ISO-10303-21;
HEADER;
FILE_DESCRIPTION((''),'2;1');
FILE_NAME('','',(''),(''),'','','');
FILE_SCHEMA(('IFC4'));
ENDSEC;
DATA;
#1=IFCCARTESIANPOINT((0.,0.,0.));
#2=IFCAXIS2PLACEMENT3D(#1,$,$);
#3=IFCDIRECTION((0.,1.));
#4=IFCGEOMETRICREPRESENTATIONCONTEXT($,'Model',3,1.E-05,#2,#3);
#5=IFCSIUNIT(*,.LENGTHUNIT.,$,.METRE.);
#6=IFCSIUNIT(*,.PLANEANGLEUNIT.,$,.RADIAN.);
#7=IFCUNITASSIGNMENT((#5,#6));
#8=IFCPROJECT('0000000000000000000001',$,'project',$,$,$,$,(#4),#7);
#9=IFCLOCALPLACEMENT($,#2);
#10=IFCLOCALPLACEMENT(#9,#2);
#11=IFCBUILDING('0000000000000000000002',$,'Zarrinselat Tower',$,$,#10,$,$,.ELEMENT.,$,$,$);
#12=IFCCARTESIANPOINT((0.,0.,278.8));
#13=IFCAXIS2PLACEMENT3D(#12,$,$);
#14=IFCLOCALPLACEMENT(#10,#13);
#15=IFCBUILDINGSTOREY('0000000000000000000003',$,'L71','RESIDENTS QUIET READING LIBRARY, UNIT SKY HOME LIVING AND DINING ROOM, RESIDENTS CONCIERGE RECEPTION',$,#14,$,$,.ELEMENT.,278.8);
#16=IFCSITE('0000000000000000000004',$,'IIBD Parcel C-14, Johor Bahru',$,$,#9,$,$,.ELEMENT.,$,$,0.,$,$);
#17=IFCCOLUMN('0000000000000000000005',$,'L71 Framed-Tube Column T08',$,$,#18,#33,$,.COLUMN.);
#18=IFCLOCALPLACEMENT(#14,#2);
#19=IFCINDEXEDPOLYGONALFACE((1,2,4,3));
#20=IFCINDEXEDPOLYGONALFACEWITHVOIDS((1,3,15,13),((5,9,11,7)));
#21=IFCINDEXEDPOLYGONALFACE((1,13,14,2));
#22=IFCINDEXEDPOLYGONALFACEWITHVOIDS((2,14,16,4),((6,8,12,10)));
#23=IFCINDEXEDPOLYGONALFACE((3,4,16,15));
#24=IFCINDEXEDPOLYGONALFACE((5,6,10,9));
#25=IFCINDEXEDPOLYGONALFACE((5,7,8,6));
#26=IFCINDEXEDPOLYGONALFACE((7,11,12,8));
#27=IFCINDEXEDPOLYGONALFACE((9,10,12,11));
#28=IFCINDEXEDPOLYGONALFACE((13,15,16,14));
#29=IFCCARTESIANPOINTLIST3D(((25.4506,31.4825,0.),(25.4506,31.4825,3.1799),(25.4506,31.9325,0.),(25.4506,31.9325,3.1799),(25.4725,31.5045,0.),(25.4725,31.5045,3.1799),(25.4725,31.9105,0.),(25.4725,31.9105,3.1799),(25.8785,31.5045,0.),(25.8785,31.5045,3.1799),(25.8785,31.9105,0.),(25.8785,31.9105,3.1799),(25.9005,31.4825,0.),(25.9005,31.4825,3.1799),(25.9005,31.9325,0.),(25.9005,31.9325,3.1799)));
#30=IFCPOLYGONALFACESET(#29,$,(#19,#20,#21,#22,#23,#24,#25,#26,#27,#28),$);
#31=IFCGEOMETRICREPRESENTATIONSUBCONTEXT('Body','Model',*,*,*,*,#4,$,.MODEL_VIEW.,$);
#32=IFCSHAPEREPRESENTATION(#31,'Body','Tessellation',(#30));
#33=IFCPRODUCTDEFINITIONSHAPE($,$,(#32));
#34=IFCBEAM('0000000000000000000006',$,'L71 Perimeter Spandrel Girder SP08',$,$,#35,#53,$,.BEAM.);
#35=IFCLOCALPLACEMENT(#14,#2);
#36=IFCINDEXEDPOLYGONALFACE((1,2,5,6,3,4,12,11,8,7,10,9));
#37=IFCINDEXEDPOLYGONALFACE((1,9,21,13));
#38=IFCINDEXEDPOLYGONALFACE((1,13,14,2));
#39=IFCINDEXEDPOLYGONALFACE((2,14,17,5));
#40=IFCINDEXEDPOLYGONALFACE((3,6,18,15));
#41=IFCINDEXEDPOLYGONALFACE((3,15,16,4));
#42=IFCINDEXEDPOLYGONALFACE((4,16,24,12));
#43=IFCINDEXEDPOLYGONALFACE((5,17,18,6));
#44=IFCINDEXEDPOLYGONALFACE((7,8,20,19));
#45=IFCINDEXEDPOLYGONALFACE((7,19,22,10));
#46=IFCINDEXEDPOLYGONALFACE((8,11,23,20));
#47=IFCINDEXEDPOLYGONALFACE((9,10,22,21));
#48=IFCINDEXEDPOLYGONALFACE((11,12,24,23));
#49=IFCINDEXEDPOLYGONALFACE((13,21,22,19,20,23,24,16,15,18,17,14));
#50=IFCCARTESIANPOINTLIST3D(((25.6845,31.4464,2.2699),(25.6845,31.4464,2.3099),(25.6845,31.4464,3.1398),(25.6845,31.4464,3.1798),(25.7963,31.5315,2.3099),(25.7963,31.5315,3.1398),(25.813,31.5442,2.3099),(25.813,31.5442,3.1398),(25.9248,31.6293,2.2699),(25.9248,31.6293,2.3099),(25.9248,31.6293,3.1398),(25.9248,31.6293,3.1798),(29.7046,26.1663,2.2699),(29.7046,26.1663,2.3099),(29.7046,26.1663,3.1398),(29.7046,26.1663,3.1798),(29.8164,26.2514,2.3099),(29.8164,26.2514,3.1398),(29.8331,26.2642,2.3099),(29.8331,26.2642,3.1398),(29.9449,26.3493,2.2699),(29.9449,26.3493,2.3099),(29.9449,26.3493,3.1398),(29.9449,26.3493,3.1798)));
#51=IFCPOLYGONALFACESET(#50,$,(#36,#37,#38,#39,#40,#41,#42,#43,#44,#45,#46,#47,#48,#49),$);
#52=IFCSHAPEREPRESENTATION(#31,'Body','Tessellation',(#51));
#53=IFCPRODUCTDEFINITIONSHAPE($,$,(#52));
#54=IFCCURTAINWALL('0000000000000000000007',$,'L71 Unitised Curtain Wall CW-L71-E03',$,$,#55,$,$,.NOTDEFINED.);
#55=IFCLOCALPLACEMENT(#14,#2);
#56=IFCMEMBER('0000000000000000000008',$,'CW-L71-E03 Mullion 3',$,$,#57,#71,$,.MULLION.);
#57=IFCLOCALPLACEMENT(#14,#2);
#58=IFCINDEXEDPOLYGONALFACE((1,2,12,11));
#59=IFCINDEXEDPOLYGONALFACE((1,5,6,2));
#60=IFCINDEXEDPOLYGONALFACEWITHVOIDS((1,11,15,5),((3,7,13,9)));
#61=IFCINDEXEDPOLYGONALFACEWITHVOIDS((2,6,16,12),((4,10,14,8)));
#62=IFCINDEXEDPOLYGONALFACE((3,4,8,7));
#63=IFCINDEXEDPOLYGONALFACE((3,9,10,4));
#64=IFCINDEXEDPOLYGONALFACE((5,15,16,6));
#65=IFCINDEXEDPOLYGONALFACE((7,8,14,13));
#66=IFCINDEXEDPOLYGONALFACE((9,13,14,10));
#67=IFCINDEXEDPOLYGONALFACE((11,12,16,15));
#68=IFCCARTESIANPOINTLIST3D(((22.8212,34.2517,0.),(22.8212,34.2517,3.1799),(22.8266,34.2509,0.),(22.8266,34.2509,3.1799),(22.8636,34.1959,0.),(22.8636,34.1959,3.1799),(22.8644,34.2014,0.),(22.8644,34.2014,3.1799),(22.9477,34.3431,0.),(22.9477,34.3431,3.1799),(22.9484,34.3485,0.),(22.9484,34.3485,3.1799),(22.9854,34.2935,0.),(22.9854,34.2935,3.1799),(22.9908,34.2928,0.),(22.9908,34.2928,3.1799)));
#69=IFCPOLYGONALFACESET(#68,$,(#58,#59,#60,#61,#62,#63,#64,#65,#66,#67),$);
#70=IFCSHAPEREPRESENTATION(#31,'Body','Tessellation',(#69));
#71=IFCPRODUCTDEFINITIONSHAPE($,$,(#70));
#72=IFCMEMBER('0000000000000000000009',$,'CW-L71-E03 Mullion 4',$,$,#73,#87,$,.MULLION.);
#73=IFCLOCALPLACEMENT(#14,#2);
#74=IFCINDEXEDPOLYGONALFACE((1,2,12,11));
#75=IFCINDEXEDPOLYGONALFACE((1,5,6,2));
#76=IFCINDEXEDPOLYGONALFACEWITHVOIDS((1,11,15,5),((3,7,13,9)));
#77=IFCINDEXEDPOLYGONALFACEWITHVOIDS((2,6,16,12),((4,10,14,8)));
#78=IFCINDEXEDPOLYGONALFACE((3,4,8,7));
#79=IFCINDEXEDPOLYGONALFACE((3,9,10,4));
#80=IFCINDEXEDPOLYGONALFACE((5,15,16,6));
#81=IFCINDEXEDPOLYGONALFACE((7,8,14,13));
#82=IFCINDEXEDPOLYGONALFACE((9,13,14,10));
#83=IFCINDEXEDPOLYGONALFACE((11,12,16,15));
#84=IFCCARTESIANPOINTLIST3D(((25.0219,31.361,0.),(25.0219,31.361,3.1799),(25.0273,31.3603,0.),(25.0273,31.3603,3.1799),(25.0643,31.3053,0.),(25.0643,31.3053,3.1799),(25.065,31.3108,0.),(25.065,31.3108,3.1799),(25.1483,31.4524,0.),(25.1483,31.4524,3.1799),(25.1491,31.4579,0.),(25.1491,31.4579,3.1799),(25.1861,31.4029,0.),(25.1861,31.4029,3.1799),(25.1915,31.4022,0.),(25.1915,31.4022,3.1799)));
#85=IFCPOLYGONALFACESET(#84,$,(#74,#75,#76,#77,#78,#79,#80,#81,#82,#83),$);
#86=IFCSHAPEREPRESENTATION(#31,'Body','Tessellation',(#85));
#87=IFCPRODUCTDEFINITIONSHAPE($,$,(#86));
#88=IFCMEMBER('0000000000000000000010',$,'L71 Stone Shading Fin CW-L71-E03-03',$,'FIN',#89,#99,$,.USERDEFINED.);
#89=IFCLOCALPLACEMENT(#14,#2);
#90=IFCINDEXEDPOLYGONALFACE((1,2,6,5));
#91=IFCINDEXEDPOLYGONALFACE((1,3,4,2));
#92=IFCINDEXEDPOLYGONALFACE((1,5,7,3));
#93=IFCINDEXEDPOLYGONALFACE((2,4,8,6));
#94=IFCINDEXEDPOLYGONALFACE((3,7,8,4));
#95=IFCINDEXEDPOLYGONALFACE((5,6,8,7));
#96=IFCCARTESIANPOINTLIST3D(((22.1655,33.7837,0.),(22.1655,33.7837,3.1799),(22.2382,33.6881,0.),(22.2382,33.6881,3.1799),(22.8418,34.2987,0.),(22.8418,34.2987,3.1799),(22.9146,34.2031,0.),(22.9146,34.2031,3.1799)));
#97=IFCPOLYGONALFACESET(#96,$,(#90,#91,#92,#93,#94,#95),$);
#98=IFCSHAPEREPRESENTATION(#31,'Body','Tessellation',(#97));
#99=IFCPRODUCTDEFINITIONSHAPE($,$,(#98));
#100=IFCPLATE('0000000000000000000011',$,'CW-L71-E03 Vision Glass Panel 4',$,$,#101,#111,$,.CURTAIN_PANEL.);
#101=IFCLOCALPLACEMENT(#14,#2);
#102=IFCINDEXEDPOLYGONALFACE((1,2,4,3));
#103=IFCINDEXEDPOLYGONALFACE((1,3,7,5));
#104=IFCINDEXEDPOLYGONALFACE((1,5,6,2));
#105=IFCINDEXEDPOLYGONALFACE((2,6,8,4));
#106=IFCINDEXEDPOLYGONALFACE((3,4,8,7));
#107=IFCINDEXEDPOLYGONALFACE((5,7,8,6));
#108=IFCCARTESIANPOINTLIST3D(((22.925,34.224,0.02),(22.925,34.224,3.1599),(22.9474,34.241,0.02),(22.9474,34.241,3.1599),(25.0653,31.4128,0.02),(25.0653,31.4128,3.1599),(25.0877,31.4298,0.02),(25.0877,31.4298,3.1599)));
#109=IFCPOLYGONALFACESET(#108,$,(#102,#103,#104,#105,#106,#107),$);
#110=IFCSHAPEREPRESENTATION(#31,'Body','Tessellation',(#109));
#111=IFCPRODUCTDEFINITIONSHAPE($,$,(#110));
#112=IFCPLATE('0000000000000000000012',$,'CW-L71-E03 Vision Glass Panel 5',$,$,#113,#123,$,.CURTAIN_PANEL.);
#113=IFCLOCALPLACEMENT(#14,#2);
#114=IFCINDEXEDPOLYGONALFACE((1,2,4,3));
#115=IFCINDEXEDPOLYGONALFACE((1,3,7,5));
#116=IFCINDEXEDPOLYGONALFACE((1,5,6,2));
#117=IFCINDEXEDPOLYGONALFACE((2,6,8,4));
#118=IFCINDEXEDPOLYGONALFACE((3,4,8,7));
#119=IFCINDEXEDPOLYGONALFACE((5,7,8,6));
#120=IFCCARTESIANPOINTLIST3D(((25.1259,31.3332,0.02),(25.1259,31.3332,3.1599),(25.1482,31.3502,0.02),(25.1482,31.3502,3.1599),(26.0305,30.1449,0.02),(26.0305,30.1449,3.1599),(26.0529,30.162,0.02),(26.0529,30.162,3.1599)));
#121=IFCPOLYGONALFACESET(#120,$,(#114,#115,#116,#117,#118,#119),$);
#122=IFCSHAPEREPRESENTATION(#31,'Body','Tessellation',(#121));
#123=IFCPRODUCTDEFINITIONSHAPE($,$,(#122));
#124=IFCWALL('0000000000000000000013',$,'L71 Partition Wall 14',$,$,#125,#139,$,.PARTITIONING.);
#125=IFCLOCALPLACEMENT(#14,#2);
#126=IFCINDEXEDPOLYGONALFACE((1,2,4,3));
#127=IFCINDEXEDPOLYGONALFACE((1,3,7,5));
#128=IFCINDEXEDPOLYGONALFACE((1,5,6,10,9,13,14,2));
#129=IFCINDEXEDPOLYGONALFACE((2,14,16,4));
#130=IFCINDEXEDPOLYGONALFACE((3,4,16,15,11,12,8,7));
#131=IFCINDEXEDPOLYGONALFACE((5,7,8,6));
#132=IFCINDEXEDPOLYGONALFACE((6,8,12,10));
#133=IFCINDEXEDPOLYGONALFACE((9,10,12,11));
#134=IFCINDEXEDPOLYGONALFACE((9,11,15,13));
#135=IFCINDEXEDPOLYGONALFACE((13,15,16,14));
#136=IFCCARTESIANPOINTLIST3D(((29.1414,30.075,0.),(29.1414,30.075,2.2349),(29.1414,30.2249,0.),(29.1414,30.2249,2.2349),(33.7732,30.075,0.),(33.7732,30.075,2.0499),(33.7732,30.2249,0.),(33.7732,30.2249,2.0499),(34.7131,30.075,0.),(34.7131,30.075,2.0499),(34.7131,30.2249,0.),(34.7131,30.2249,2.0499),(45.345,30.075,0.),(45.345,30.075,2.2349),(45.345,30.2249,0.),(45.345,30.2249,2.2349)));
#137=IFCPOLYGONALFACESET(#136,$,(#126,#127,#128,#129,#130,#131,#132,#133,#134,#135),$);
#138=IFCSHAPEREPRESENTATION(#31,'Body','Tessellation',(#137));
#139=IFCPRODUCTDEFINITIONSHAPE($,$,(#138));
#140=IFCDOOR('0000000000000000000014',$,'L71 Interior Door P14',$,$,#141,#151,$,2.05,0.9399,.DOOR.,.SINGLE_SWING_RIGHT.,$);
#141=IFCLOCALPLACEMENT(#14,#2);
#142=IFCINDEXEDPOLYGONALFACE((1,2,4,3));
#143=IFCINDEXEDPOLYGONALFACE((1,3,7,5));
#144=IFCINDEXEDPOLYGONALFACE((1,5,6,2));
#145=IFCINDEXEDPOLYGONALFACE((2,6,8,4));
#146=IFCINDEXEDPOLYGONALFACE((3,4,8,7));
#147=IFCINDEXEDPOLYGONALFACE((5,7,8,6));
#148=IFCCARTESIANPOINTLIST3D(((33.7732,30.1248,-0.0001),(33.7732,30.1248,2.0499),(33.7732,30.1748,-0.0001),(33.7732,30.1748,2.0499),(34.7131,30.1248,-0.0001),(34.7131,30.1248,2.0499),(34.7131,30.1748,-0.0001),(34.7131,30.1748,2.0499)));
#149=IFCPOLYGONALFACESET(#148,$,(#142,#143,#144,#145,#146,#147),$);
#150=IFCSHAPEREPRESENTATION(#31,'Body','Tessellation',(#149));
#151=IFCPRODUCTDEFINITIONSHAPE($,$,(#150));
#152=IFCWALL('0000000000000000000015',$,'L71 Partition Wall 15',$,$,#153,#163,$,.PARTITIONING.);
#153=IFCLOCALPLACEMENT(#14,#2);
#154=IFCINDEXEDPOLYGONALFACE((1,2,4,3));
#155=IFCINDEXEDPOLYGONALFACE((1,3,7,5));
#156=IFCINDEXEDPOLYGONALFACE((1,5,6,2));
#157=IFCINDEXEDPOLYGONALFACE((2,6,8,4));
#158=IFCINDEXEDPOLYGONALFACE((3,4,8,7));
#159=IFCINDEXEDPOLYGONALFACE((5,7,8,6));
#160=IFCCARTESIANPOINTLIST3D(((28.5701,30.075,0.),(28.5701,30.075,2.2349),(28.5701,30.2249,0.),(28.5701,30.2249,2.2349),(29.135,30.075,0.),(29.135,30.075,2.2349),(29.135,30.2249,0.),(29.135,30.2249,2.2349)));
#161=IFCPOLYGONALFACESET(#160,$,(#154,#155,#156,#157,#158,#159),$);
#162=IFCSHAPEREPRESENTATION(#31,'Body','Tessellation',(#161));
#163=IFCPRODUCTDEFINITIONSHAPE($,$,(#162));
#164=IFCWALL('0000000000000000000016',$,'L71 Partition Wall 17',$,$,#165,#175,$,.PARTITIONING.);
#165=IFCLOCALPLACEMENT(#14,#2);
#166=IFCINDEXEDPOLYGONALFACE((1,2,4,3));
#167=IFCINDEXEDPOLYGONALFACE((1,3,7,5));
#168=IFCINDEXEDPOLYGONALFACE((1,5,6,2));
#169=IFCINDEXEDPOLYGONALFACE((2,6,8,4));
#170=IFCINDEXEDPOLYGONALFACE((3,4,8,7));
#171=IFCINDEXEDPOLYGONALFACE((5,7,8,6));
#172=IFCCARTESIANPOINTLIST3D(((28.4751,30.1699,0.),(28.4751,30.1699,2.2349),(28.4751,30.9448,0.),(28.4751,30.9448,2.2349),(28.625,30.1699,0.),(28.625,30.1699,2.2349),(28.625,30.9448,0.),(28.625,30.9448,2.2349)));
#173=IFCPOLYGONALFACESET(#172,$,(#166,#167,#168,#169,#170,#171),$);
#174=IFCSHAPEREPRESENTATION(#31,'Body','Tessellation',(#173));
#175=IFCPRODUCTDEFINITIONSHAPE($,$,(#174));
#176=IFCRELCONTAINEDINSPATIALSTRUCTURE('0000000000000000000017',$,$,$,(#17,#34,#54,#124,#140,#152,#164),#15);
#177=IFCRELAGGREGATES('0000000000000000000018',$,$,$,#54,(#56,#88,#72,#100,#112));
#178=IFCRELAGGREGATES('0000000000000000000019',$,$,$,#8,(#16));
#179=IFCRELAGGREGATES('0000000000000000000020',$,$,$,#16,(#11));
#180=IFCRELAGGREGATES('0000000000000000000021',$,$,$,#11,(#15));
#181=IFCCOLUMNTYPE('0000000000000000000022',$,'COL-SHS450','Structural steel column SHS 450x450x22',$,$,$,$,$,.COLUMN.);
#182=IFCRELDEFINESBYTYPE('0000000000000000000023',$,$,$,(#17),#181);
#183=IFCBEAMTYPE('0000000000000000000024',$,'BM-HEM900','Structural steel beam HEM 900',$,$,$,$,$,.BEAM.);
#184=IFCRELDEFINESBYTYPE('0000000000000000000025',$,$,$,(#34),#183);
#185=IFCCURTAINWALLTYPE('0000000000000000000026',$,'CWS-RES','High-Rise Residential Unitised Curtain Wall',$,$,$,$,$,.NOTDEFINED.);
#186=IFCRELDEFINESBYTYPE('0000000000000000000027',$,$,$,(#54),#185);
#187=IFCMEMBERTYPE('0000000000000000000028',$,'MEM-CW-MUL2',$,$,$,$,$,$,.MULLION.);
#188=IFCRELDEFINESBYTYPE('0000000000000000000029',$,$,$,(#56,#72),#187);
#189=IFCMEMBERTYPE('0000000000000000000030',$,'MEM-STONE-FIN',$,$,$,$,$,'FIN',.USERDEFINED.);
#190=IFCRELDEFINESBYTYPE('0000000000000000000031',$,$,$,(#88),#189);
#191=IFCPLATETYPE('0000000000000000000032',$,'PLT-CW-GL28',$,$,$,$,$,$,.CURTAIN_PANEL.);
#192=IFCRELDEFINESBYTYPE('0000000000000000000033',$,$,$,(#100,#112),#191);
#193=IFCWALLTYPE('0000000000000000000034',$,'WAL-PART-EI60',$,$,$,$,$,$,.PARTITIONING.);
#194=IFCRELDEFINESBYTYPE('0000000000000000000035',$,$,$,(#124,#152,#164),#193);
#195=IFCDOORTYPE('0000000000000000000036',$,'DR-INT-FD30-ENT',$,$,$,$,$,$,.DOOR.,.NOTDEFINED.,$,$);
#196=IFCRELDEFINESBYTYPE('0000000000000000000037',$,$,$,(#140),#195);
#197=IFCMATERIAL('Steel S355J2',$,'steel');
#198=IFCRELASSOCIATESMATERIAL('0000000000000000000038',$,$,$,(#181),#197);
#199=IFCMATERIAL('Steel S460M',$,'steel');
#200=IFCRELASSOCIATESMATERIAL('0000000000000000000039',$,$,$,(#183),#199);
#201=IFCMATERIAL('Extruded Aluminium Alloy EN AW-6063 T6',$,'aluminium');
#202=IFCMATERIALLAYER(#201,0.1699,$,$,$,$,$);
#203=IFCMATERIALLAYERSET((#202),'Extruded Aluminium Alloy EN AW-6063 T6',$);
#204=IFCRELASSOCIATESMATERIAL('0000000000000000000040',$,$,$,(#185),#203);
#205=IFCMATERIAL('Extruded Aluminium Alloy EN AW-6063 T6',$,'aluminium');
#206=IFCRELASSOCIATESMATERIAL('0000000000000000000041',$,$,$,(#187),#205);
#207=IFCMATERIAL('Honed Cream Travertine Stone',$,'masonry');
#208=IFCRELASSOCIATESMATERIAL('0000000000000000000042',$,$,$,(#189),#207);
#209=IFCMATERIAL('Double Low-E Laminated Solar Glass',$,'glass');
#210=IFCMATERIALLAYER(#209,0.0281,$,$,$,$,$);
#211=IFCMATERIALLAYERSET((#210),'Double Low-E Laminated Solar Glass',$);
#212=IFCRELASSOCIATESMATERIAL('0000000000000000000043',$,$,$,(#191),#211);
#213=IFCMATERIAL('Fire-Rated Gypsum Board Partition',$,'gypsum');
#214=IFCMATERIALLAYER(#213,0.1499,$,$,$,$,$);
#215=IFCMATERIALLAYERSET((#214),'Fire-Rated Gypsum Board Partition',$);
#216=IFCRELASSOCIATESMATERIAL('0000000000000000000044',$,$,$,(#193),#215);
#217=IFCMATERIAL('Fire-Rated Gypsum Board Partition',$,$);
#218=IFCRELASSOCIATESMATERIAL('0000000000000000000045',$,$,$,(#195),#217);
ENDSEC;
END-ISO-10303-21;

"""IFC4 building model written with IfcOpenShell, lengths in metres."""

from ifc_helpers import new_model, si_unit, direction, frame, frame_2d, origin, origin_2d, place, context, subcontext, project, spatial, rectangle, hollow_rectangle, i_section, extrude, material, layer, layer_set, material_profile, profile_set, type_object, element, fill, aggregate, save


model = new_model("IFC4")

# Units and contexts
model_context = context("Model", 3, precision=1e-05, world=origin(), true_north=direction((0.0, 1.0)))
body_context = subcontext(model_context, "Body", "Model", "MODEL_VIEW")
ifc_project = project(units=[si_unit("LENGTHUNIT", "METRE"), si_unit("PLANEANGLEUNIT", "RADIAN")], contexts=[model_context])

# Site, building, storey
site_placement = place(None, origin())
site = spatial("IfcSite", under=ifc_project, at=site_placement, Name="IIBD Parcel C-14, Johor Bahru", CompositionType="ELEMENT", RefElevation=0.0)
building_placement = place(site_placement, origin())
building = spatial("IfcBuilding", under=site, at=building_placement, Name="Zarrinselat Tower", CompositionType="ELEMENT")
storey_placement = place(building_placement, frame((0.0, 0.0, 278.8)))
storey = spatial("IfcBuildingStorey", under=building, at=storey_placement, Name="L71", Description="RESIDENTS QUIET READING LIBRARY, UNIT SKY HOME LIVING AND DINING ROOM, RESIDENTS CONCIERGE RECEPTION", CompositionType="ELEMENT", Elevation=278.8)

# Column
ifc_material_1 = material(Name="Steel S355J2", Category="steel")
ifc_material_profile_1 = material_profile(ifc_material_1, hollow_rectangle(XDim=0.45, YDim=0.45, WallThickness=0.022, at=origin_2d()), Name="SHS 450x450x22")
ifc_profile_set_1 = profile_set([ifc_material_profile_1], Name="Steel S355J2")
column_type = type_object("IfcColumnType", Name="COL-SHS450", Description="Structural steel column SHS 450x450x22", PredefinedType="COLUMN", material=ifc_profile_set_1)
column_placement = place(storey_placement, frame((25.6755, 31.7075, 0.0), z_axis=(0.0, 0.0, 1.0), x_axis=(1.0, 0.0, 0.0)))
element("IfcColumn", 1, at=column_placement, inside=storey, type_object=column_type, Name="L71 Framed-Tube Column T08", PredefinedType="COLUMN", context=body_context, shape_type="SweptSolid", body=[
    extrude(hollow_rectangle(XDim=0.45, YDim=0.45, WallThickness=0.022, at=origin_2d()), origin(), (0.0, 0.0, 1.0), 3.1799),
])

# Beam
ifc_material_2 = material(Name="Steel S460M", Category="steel")
ifc_material_profile_2 = material_profile(ifc_material_2, i_section(OverallWidth=0.302, OverallDepth=0.9099, WebThickness=0.021, FlangeThickness=0.04, at=origin_2d()), Name="HEM 900")
ifc_profile_set_2 = profile_set([ifc_material_profile_2], Name="Steel S460M")
beam_type = type_object("IfcBeamType", Name="BM-HEM900", Description="Structural steel beam HEM 900", PredefinedType="BEAM", material=ifc_profile_set_2)
beam_placement = place(storey_placement, frame((25.8047, 31.5378, 2.7249), z_axis=(0.605771, -0.795639, 0.0), x_axis=(0.795639, 0.605771, 0.0)))
element("IfcBeam", 2, at=beam_placement, inside=storey, type_object=beam_type, Name="L71 Perimeter Spandrel Girder SP08", PredefinedType="BEAM", context=body_context, shape_type="SweptSolid", body=[
    extrude(i_section(OverallWidth=0.302, OverallDepth=0.9099, WebThickness=0.021, FlangeThickness=0.04, at=origin_2d()), origin(), (0.0, 0.0, 1.0), 6.6362),
])

# Curtain wall, members, plates
ifc_material_3 = material(Name="Extruded Aluminium Alloy EN AW-6063 T6", Category="aluminium")
ifc_layer_1 = layer(ifc_material_3, 0.1699)
ifc_layer_set_1 = layer_set([ifc_layer_1], Name="Extruded Aluminium Alloy EN AW-6063 T6")
curtain_wall_type = type_object("IfcCurtainWallType", Name="CWS-RES", Description="High-Rise Residential Unitised Curtain Wall", PredefinedType="NOTDEFINED", material=ifc_layer_set_1)
curtain_wall_placement = place(storey_placement, origin())
curtain_wall = element("IfcCurtainWall", 3, at=curtain_wall_placement, inside=storey, type_object=curtain_wall_type, Name="L71 Unitised Curtain Wall CW-L71-E03", PredefinedType="NOTDEFINED")
ifc_material_4 = material(Name="Extruded Aluminium Alloy EN AW-6063 T6", Category="aluminium")
ifc_material_profile_3 = material_profile(ifc_material_4, hollow_rectangle(XDim=0.0701, YDim=0.1599, WallThickness=0.0039, at=origin_2d()), Name="RHS 160x70x4")
ifc_profile_set_3 = profile_set([ifc_material_profile_3], Name="Extruded Aluminium Alloy EN AW-6063 T6")
member_type_1 = type_object("IfcMemberType", Name="MEM-CW-MUL2", PredefinedType="MULLION", material=ifc_profile_set_3)
member_1_placement = place(storey_placement, frame((22.906, 34.2722, 0.0), z_axis=(0.0, 0.0, 1.0), x_axis=(0.605767, -0.795642, 0.0)))
member_1 = element("IfcMember", 4, at=member_1_placement, type_object=member_type_1, Name="CW-L71-E03 Mullion 3", PredefinedType="MULLION", context=body_context, shape_type="SweptSolid", body=[
    extrude(hollow_rectangle(XDim=0.0701, YDim=0.1599, WallThickness=0.0039, at=origin_2d()), origin(), (0.0, 0.0, 1.0), 3.1799),
])
member_2_placement = place(storey_placement, frame((25.1067, 31.3816, 0.0), z_axis=(0.0, 0.0, 1.0), x_axis=(0.605767, -0.795642, 0.0)))
member_2 = element("IfcMember", 5, at=member_2_placement, type_object=member_type_1, Name="CW-L71-E03 Mullion 4", PredefinedType="MULLION", context=body_context, shape_type="SweptSolid", body=[
    extrude(hollow_rectangle(XDim=0.0701, YDim=0.1599, WallThickness=0.0039, at=origin_2d()), origin(), (0.0, 0.0, 1.0), 3.1799),
])
ifc_material_5 = material(Name="Honed Cream Travertine Stone", Category="masonry")
ifc_material_profile_4 = material_profile(ifc_material_5, rectangle(XDim=0.1201, YDim=0.8501, at=origin_2d()), Name="FIN 850x120")
ifc_profile_set_4 = profile_set([ifc_material_profile_4], Name="Honed Cream Travertine Stone")
member_type_2 = type_object("IfcMemberType", Name="MEM-STONE-FIN", ElementType="FIN", PredefinedType="USERDEFINED", material=ifc_profile_set_4)
member_3_placement = place(storey_placement, frame((22.54, 33.9934, 0.0), z_axis=(0.0, 0.0, 1.0), x_axis=(-0.605767, 0.795642, 0.0)))
member_3 = element("IfcMember", 6, at=member_3_placement, type_object=member_type_2, Name="L71 Stone Shading Fin CW-L71-E03-03", ObjectType="FIN", PredefinedType="USERDEFINED", context=body_context, shape_type="SweptSolid", body=[
    extrude(rectangle(XDim=0.1201, YDim=0.8501, at=origin_2d()), origin(), (0.0, 0.0, 1.0), 3.1799),
])
ifc_material_6 = material(Name="Double Low-E Laminated Solar Glass", Category="glass")
ifc_layer_2 = layer(ifc_material_6, 0.0281)
ifc_layer_set_2 = layer_set([ifc_layer_2], Name="Double Low-E Laminated Solar Glass")
plate_type = type_object("IfcPlateType", Name="PLT-CW-GL28", PredefinedType="CURTAIN_PANEL", material=ifc_layer_set_2)
plate_1_placement = place(storey_placement, frame((24.0063, 32.8269, 0.02), z_axis=(0.0, 0.0, 1.0), x_axis=(0.605767, -0.795642, 0.0)))
plate_1 = element("IfcPlate", 7, at=plate_1_placement, type_object=plate_type, Name="CW-L71-E03 Vision Glass Panel 4", PredefinedType="CURTAIN_PANEL", context=body_context, shape_type="SweptSolid", body=[
    extrude(rectangle(XDim=3.5332, YDim=0.0281, at=origin_2d()), origin(), (0.0, 0.0, 1.0), 3.1399),
])
plate_2_placement = place(storey_placement, frame((25.5894, 30.7476, 0.02), z_axis=(0.0, 0.0, 1.0), x_axis=(0.605767, -0.795642, 0.0)))
plate_2 = element("IfcPlate", 8, at=plate_2_placement, type_object=plate_type, Name="CW-L71-E03 Vision Glass Panel 5", PredefinedType="CURTAIN_PANEL", context=body_context, shape_type="SweptSolid", body=[
    extrude(rectangle(XDim=1.4934, YDim=0.0281, at=origin_2d()), origin(), (0.0, 0.0, 1.0), 3.1399),
])
aggregate(curtain_wall, [member_1, member_3, member_2, plate_1, plate_2])

# Wall, opening, door
ifc_material_7 = material(Name="Fire-Rated Gypsum Board Partition", Category="gypsum")
ifc_layer_3 = layer(ifc_material_7, 0.1499)
ifc_layer_set_3 = layer_set([ifc_layer_3], Name="Fire-Rated Gypsum Board Partition")
wall_type_1 = type_object("IfcWallType", Name="WAL-PART-EI60", PredefinedType="PARTITIONING", material=ifc_layer_set_3)
wall_1_placement = place(storey_placement, frame((29.1414, 30.1499, 0.0), z_axis=(0.0, 0.0, 1.0), x_axis=(1.0, 0.0, 0.0)))
wall_1 = element("IfcWall", 9, at=wall_1_placement, inside=storey, type_object=wall_type_1, Name="L71 Partition Wall 14", PredefinedType="PARTITIONING", context=body_context, shape_type="SweptSolid", body=[
    extrude(rectangle(XDim=16.2036, YDim=0.1499, at=frame_2d((8.1018, 0.0))), origin(), (0.0, 0.0, 1.0), 2.2349),
])
opening_1_placement = place(wall_1_placement, frame((4.6318, 0.0, 0.0)))
opening_1 = element("IfcOpeningElement", 10, at=opening_1_placement, cuts=wall_1, PredefinedType="OPENING", context=body_context, shape_type="SweptSolid", body=[
    extrude(rectangle(XDim=0.9399, YDim=2.05, at=frame_2d((0.47, 1.0249))), frame((0.0, 0.085, 0.0), z_axis=(0.0, -1.0, 0.0), x_axis=(1.0, 0.0, 0.0)), (0.0, 0.0, 1.0), 0.1699),
])
ifc_material_8 = material(Name="Fire-Rated Gypsum Board Partition")
door_type_1 = type_object("IfcDoorType", Name="DR-INT-FD30-ENT", OperationType="NOTDEFINED", PredefinedType="DOOR", material=ifc_material_8)
door_1_placement = place(opening_1_placement, origin())
door_1 = element("IfcDoor", 11, at=door_1_placement, inside=storey, type_object=door_type_1, Name="L71 Interior Door P14", OperationType="SINGLE_SWING_RIGHT", OverallHeight=2.05, OverallWidth=0.9399, PredefinedType="DOOR", context=body_context, shape_type="SweptSolid", body=[
    extrude(rectangle(XDim=0.9399, YDim=2.05, at=frame_2d((0.47, 1.0249))), frame((0.0, 0.0249, 0.0), z_axis=(0.0, -1.0, 0.0), x_axis=(1.0, 0.0, 0.0)), (0.0, 0.0, 1.0), 0.05),
])
fill(opening_1, door_1)

# Walls
wall_2_placement = place(storey_placement, frame((28.5701, 30.1499, 0.0), z_axis=(0.0, 0.0, 1.0), x_axis=(1.0, 0.0, 0.0)))
element("IfcWall", 12, at=wall_2_placement, inside=storey, type_object=wall_type_1, Name="L71 Partition Wall 15", PredefinedType="PARTITIONING", context=body_context, shape_type="SweptSolid", body=[
    extrude(rectangle(XDim=0.5649, YDim=0.1499, at=frame_2d((0.2825, 0.0))), origin(), (0.0, 0.0, 1.0), 2.2349),
])
wall_3_placement = place(storey_placement, frame((28.55, 30.1699, 0.0), z_axis=(0.0, 0.0, 1.0), x_axis=(0.0, 1.0, 0.0)))
element("IfcWall", 13, at=wall_3_placement, inside=storey, type_object=wall_type_1, Name="L71 Partition Wall 17", PredefinedType="PARTITIONING", context=body_context, shape_type="SweptSolid", body=[
    extrude(rectangle(XDim=0.7749, YDim=0.1499, at=frame_2d((0.3875, 0.0))), origin(), (0.0, 0.0, 1.0), 2.2349),
])

save(model, "model.ifc")
